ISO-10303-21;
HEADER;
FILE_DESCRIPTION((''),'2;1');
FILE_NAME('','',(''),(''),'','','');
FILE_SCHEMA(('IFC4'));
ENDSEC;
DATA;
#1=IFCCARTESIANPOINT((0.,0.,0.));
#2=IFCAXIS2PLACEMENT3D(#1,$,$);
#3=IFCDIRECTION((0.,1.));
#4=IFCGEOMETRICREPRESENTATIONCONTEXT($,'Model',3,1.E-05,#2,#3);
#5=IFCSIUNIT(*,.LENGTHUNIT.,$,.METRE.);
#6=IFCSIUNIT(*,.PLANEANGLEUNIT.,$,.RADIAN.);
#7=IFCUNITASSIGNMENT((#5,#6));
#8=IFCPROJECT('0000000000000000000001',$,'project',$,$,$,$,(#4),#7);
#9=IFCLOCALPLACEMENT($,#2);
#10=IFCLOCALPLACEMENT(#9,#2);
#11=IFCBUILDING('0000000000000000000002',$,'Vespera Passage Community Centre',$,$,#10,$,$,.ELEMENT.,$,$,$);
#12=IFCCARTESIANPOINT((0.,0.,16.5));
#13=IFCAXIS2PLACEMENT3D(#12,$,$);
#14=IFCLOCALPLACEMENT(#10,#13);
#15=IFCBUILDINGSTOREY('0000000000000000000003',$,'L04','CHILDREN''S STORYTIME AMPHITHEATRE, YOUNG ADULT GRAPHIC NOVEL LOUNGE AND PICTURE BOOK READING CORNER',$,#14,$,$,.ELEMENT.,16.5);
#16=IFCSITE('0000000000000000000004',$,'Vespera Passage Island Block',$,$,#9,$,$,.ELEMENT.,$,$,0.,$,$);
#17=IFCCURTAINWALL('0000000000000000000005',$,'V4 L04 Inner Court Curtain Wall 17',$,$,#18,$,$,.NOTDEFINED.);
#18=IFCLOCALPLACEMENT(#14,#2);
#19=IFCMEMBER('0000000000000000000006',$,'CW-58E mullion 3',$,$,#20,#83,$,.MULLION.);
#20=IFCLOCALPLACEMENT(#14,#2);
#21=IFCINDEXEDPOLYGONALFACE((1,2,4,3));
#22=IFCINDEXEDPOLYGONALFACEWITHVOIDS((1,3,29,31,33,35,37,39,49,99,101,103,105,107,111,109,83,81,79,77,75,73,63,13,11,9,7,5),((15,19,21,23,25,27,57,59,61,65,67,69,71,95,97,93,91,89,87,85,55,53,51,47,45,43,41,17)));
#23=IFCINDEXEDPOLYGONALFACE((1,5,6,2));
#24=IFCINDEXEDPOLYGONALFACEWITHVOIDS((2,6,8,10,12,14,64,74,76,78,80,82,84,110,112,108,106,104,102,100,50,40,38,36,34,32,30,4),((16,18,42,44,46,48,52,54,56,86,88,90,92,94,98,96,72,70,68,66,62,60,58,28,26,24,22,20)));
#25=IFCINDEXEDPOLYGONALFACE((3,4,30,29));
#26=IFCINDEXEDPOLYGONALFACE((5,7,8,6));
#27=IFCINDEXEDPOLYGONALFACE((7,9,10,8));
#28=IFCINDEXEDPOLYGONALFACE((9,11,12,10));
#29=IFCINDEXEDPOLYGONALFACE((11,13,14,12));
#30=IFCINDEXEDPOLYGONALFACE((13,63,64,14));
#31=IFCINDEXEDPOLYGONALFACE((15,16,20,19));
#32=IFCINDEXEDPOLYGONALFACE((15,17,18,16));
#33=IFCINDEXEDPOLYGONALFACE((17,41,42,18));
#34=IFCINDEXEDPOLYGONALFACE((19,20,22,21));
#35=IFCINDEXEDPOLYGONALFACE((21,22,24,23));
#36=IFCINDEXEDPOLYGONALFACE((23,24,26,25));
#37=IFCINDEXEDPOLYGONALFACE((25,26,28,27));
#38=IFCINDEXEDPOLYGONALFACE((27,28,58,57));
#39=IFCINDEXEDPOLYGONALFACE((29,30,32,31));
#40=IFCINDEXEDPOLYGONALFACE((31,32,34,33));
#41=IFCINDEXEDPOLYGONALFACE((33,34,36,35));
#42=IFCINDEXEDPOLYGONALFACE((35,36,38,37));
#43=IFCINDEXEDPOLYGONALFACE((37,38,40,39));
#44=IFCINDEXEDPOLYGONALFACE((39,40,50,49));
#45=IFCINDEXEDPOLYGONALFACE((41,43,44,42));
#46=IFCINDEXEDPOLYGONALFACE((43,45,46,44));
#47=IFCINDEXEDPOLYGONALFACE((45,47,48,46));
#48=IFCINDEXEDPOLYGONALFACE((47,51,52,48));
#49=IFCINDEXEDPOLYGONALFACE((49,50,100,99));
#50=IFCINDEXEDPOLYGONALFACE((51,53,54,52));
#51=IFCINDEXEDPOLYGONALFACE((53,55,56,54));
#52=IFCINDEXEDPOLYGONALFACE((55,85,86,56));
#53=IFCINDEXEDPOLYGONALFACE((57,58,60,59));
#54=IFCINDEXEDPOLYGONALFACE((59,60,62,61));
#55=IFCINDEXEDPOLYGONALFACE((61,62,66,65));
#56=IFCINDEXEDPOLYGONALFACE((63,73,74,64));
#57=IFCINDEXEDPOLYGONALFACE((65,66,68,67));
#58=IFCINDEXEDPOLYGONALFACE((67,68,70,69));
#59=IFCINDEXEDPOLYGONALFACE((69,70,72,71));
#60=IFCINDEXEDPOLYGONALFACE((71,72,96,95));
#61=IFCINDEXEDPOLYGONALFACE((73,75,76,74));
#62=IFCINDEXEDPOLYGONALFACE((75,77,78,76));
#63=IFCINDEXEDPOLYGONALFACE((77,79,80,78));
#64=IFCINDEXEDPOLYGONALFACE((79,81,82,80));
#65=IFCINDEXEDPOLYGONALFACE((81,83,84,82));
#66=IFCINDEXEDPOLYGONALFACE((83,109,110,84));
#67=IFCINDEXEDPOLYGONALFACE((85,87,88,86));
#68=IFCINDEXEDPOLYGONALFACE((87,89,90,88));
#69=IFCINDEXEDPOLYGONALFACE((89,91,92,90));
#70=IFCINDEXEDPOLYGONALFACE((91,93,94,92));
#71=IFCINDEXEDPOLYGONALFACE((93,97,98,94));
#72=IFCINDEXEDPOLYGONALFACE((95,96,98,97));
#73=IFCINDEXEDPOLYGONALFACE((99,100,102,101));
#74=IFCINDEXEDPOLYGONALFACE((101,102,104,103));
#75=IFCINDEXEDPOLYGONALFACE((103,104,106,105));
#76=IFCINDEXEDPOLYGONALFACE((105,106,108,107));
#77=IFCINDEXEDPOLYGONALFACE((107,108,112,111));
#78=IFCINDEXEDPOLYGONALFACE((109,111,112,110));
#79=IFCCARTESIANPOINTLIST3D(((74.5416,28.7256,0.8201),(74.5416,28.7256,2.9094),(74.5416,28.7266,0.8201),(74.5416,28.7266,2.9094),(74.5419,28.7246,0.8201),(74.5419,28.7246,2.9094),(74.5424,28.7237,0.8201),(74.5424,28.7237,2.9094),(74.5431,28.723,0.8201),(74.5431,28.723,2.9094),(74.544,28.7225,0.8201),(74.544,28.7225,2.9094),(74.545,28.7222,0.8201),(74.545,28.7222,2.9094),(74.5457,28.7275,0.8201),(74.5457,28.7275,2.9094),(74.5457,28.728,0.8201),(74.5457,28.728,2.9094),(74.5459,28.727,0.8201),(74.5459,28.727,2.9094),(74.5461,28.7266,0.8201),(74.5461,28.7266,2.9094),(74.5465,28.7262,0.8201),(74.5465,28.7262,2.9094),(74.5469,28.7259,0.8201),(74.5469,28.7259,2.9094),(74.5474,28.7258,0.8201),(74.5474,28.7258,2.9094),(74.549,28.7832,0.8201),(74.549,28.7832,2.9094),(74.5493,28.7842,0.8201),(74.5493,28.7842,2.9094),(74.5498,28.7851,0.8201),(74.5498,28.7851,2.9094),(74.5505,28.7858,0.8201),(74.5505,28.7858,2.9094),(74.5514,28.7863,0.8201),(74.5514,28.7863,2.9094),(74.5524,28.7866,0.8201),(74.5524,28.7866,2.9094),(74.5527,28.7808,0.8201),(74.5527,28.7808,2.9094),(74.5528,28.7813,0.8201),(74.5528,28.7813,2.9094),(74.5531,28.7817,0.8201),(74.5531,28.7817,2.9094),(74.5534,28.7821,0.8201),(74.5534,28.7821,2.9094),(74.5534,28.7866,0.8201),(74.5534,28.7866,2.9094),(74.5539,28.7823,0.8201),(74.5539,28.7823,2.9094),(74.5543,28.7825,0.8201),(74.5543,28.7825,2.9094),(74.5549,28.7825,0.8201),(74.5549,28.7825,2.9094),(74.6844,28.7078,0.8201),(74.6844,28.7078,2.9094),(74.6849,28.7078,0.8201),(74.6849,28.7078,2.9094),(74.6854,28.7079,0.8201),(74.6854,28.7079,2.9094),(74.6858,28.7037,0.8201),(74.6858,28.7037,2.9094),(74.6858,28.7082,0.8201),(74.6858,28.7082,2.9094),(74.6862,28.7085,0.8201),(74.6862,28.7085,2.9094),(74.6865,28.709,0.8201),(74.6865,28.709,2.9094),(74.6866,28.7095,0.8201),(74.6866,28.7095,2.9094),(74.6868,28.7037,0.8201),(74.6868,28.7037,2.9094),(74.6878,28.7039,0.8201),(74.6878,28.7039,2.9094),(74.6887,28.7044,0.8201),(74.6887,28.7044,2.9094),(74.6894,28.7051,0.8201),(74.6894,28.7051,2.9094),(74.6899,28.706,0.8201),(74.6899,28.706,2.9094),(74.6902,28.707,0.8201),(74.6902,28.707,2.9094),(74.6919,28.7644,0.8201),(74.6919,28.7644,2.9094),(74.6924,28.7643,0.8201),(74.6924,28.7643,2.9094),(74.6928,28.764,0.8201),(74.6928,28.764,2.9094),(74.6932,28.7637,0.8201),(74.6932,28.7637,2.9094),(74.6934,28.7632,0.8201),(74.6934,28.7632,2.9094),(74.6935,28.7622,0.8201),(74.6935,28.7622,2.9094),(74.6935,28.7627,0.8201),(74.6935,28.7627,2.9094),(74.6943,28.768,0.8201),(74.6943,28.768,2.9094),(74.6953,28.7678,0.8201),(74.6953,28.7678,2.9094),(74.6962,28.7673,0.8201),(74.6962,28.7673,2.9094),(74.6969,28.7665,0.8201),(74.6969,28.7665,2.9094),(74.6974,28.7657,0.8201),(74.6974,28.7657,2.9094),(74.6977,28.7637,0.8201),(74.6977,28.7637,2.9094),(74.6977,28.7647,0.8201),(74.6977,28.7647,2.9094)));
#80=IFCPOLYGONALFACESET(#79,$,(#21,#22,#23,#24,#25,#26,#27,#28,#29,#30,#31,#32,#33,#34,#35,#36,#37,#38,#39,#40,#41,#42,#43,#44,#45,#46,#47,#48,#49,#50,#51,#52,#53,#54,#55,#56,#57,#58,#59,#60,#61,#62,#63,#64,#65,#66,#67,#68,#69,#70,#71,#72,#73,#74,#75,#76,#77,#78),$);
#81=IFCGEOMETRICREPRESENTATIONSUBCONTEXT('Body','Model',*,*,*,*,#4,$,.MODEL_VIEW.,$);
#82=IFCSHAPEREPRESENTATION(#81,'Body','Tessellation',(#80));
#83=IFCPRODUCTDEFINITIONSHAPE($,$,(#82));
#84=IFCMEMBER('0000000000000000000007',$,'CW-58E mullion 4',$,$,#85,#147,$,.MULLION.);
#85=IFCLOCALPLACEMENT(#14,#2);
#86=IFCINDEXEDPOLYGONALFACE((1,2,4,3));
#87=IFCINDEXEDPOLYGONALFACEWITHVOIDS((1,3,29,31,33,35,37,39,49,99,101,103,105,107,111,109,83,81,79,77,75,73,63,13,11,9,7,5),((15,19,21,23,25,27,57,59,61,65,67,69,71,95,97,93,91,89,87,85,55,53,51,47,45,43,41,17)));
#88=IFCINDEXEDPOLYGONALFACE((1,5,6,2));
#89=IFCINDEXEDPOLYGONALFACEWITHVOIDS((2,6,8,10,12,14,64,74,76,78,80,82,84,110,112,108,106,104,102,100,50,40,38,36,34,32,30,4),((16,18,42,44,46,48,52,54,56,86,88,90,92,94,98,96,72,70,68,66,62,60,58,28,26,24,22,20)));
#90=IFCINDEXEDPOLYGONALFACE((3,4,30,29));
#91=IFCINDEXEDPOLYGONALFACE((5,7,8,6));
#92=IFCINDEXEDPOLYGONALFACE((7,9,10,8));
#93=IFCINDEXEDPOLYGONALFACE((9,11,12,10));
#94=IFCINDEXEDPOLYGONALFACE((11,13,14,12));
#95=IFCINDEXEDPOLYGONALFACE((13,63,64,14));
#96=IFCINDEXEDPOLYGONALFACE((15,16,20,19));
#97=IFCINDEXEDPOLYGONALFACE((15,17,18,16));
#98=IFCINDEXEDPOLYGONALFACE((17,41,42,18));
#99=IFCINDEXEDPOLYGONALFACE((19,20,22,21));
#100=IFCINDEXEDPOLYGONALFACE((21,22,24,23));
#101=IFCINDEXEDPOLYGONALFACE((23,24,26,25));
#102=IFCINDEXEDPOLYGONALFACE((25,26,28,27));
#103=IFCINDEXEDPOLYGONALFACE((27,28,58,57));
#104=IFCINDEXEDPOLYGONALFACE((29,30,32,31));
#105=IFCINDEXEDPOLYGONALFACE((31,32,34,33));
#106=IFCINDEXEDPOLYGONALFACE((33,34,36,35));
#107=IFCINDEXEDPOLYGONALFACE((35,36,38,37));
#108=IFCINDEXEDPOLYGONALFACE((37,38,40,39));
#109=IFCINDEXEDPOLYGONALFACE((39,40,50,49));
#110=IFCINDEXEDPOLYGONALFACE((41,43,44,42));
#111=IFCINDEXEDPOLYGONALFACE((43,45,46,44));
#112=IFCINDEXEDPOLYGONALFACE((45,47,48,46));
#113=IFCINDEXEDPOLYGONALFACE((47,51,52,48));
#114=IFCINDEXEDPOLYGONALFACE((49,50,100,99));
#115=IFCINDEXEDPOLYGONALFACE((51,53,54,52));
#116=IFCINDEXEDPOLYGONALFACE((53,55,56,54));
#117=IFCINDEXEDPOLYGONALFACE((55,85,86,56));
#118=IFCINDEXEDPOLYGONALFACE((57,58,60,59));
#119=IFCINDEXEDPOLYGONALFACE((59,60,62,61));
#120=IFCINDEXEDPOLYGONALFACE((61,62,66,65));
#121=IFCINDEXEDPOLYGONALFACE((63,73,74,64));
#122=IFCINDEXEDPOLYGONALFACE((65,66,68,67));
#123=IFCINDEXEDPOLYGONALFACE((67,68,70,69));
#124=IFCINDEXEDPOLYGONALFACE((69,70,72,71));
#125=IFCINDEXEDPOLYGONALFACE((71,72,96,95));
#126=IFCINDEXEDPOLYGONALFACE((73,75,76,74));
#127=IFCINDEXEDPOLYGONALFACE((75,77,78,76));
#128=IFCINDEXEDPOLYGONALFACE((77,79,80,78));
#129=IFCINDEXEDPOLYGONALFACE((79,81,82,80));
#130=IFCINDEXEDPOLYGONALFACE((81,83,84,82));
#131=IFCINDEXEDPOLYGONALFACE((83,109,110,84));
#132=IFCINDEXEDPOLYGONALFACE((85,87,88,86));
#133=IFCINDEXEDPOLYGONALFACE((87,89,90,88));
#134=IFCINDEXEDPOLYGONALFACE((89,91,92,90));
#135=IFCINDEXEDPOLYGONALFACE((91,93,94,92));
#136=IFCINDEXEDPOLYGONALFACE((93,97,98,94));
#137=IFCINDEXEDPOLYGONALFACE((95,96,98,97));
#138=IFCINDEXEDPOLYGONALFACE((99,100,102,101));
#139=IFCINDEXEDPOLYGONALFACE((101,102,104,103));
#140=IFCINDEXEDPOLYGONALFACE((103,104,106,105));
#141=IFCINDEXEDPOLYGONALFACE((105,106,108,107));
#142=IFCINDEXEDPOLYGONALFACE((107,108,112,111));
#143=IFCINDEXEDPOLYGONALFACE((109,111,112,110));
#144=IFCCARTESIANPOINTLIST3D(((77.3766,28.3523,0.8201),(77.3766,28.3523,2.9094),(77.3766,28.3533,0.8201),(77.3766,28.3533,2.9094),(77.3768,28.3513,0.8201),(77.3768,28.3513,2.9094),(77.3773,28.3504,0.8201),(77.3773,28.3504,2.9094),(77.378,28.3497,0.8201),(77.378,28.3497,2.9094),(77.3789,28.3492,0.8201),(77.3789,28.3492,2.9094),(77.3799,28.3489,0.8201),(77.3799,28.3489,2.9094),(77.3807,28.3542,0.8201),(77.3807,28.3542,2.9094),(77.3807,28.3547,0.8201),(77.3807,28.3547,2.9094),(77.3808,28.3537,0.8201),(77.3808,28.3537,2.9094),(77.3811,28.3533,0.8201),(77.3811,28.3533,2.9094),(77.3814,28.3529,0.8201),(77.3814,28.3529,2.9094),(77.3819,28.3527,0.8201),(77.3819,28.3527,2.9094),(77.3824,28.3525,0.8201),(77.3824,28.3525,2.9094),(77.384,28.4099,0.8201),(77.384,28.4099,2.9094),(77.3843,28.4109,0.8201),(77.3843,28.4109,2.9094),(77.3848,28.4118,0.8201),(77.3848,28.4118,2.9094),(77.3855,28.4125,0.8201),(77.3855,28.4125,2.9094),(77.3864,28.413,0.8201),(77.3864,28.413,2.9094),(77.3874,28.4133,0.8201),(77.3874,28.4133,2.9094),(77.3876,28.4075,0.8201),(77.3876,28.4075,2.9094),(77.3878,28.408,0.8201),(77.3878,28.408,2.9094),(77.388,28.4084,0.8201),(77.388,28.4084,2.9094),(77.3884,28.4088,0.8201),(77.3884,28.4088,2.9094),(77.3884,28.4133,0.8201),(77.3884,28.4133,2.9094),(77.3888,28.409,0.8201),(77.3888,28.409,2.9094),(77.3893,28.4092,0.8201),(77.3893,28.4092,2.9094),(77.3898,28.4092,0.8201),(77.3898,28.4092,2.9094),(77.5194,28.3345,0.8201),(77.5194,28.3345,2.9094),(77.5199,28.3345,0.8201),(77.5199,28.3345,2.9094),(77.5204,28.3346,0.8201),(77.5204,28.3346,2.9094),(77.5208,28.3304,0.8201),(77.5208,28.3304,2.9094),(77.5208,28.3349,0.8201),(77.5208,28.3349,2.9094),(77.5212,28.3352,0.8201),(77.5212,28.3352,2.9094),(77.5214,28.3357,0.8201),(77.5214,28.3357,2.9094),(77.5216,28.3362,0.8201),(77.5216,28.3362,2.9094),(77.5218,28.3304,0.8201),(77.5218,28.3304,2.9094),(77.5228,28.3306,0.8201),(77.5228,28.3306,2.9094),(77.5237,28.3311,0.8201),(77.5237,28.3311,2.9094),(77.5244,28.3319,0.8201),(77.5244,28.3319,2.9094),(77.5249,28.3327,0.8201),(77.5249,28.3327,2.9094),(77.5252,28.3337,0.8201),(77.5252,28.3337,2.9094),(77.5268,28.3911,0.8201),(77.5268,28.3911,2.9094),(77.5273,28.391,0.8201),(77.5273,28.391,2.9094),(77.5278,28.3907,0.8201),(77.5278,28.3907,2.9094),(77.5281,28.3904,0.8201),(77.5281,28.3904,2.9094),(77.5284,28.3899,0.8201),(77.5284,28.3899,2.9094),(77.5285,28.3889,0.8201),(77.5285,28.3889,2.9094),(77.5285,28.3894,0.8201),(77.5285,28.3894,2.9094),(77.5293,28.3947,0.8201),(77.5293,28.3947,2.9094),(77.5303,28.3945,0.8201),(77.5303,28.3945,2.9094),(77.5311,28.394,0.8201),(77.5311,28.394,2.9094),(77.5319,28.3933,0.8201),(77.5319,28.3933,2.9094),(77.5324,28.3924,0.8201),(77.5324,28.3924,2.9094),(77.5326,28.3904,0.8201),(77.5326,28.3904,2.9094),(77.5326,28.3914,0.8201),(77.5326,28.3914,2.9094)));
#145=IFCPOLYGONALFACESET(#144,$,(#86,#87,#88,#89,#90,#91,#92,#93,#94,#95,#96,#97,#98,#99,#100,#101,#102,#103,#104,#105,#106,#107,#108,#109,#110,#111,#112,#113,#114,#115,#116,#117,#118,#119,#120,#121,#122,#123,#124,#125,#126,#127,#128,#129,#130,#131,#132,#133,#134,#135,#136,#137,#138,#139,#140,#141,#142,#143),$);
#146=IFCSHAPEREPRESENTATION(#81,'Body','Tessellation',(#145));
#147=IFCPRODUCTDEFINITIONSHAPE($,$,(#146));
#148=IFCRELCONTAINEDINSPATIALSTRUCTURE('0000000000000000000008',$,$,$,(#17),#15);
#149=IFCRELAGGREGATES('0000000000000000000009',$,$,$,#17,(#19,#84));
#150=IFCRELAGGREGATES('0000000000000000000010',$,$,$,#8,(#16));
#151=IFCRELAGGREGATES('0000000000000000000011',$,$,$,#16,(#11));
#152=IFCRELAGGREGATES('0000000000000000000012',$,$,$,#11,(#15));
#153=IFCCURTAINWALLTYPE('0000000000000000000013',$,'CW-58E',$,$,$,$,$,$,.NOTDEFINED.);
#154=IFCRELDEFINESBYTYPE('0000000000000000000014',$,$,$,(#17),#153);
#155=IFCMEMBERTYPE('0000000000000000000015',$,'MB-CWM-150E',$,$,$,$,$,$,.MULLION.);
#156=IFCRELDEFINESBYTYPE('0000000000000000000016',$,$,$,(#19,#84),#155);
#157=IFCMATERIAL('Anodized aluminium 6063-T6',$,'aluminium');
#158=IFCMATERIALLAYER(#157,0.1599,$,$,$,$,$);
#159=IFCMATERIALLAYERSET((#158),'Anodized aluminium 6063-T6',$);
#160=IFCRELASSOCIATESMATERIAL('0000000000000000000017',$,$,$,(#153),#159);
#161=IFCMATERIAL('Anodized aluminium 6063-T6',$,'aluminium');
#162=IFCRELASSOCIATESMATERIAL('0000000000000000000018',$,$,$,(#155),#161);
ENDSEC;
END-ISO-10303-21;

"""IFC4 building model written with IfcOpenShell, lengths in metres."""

from ifc_helpers import new_model, si_unit, direction, frame, origin, origin_2d, place, context, subcontext, project, spatial, hollow_rectangle, extrude, material, layer, layer_set, material_profile, profile_set, type_object, element, aggregate, save


model = new_model("IFC4")

# Units and contexts
model_context = context("Model", 3, precision=1e-05, world=origin(), true_north=direction((0.0, 1.0)))
body_context = subcontext(model_context, "Body", "Model", "MODEL_VIEW")
ifc_project = project(units=[si_unit("LENGTHUNIT", "METRE"), si_unit("PLANEANGLEUNIT", "RADIAN")], contexts=[model_context])

# Site, building, storey
site_placement = place(None, origin())
site = spatial("IfcSite", under=ifc_project, at=site_placement, Name="Vespera Passage Island Block", CompositionType="ELEMENT", RefElevation=0.0)
building_placement = place(site_placement, origin())
building = spatial("IfcBuilding", under=site, at=building_placement, Name="Vespera Passage Community Centre", CompositionType="ELEMENT")
storey_placement = place(building_placement, frame((0.0, 0.0, 16.5)))
storey = spatial("IfcBuildingStorey", under=building, at=storey_placement, Name="L04", Description="CHILDREN'S STORYTIME AMPHITHEATRE, YOUNG ADULT GRAPHIC NOVEL LOUNGE AND PICTURE BOOK READING CORNER", CompositionType="ELEMENT", Elevation=16.5)

# Curtain wall, members
ifc_material_1 = material(Name="Anodized aluminium 6063-T6", Category="aluminium")
ifc_layer_1 = layer(ifc_material_1, 0.1599)
ifc_layer_set_1 = layer_set([ifc_layer_1], Name="Anodized aluminium 6063-T6")
curtain_wall_type_1 = type_object("IfcCurtainWallType", Name="CW-58E", PredefinedType="NOTDEFINED", material=ifc_layer_set_1)
curtain_wall_1_placement = place(storey_placement, origin())
curtain_wall_1 = element("IfcCurtainWall", 1, at=curtain_wall_1_placement, inside=storey, type_object=curtain_wall_type_1, Name="V4 L04 Inner Court Curtain Wall 17", PredefinedType="NOTDEFINED")
ifc_material_2 = material(Name="Anodized aluminium 6063-T6", Category="aluminium")
ifc_material_profile_1 = material_profile(ifc_material_2, hollow_rectangle(XDim=0.0649, YDim=0.1499, WallThickness=0.0039, InnerFilletRadius=0.002, OuterFilletRadius=0.0039, at=origin_2d()), Name="ALU150X65X4")
ifc_profile_set_1 = profile_set([ifc_material_profile_1], Name="Anodized aluminium 6063-T6")
member_type_1 = type_object("IfcMemberType", Name="MB-CWM-150E", PredefinedType="MULLION", material=ifc_profile_set_1)
member_1_placement = place(storey_placement, frame((74.6196, 28.7451, 0.8201), z_axis=(0.0, 0.0, 1.0), x_axis=(0.130522, 0.991445, 0.0)))
member_1 = element("IfcMember", 2, at=member_1_placement, type_object=member_type_1, Name="CW-58E mullion 3", PredefinedType="MULLION", context=body_context, shape_type="SweptSolid", body=[
    extrude(hollow_rectangle(XDim=0.0649, YDim=0.1499, WallThickness=0.0039, InnerFilletRadius=0.002, OuterFilletRadius=0.0039, at=origin_2d()), origin(), (0.0, 0.0, 1.0), 2.0894),
])
member_2_placement = place(storey_placement, frame((77.4546, 28.3718, 0.8201), z_axis=(0.0, 0.0, 1.0), x_axis=(0.130522, 0.991445, 0.0)))
member_2 = element("IfcMember", 3, at=member_2_placement, type_object=member_type_1, Name="CW-58E mullion 4", PredefinedType="MULLION", context=body_context, shape_type="SweptSolid", body=[
    extrude(hollow_rectangle(XDim=0.0649, YDim=0.1499, WallThickness=0.0039, InnerFilletRadius=0.002, OuterFilletRadius=0.0039, at=origin_2d()), origin(), (0.0, 0.0, 1.0), 2.0894),
])

aggregate(curtain_wall_1, [member_1, member_2])

save(model, "model.ifc")
